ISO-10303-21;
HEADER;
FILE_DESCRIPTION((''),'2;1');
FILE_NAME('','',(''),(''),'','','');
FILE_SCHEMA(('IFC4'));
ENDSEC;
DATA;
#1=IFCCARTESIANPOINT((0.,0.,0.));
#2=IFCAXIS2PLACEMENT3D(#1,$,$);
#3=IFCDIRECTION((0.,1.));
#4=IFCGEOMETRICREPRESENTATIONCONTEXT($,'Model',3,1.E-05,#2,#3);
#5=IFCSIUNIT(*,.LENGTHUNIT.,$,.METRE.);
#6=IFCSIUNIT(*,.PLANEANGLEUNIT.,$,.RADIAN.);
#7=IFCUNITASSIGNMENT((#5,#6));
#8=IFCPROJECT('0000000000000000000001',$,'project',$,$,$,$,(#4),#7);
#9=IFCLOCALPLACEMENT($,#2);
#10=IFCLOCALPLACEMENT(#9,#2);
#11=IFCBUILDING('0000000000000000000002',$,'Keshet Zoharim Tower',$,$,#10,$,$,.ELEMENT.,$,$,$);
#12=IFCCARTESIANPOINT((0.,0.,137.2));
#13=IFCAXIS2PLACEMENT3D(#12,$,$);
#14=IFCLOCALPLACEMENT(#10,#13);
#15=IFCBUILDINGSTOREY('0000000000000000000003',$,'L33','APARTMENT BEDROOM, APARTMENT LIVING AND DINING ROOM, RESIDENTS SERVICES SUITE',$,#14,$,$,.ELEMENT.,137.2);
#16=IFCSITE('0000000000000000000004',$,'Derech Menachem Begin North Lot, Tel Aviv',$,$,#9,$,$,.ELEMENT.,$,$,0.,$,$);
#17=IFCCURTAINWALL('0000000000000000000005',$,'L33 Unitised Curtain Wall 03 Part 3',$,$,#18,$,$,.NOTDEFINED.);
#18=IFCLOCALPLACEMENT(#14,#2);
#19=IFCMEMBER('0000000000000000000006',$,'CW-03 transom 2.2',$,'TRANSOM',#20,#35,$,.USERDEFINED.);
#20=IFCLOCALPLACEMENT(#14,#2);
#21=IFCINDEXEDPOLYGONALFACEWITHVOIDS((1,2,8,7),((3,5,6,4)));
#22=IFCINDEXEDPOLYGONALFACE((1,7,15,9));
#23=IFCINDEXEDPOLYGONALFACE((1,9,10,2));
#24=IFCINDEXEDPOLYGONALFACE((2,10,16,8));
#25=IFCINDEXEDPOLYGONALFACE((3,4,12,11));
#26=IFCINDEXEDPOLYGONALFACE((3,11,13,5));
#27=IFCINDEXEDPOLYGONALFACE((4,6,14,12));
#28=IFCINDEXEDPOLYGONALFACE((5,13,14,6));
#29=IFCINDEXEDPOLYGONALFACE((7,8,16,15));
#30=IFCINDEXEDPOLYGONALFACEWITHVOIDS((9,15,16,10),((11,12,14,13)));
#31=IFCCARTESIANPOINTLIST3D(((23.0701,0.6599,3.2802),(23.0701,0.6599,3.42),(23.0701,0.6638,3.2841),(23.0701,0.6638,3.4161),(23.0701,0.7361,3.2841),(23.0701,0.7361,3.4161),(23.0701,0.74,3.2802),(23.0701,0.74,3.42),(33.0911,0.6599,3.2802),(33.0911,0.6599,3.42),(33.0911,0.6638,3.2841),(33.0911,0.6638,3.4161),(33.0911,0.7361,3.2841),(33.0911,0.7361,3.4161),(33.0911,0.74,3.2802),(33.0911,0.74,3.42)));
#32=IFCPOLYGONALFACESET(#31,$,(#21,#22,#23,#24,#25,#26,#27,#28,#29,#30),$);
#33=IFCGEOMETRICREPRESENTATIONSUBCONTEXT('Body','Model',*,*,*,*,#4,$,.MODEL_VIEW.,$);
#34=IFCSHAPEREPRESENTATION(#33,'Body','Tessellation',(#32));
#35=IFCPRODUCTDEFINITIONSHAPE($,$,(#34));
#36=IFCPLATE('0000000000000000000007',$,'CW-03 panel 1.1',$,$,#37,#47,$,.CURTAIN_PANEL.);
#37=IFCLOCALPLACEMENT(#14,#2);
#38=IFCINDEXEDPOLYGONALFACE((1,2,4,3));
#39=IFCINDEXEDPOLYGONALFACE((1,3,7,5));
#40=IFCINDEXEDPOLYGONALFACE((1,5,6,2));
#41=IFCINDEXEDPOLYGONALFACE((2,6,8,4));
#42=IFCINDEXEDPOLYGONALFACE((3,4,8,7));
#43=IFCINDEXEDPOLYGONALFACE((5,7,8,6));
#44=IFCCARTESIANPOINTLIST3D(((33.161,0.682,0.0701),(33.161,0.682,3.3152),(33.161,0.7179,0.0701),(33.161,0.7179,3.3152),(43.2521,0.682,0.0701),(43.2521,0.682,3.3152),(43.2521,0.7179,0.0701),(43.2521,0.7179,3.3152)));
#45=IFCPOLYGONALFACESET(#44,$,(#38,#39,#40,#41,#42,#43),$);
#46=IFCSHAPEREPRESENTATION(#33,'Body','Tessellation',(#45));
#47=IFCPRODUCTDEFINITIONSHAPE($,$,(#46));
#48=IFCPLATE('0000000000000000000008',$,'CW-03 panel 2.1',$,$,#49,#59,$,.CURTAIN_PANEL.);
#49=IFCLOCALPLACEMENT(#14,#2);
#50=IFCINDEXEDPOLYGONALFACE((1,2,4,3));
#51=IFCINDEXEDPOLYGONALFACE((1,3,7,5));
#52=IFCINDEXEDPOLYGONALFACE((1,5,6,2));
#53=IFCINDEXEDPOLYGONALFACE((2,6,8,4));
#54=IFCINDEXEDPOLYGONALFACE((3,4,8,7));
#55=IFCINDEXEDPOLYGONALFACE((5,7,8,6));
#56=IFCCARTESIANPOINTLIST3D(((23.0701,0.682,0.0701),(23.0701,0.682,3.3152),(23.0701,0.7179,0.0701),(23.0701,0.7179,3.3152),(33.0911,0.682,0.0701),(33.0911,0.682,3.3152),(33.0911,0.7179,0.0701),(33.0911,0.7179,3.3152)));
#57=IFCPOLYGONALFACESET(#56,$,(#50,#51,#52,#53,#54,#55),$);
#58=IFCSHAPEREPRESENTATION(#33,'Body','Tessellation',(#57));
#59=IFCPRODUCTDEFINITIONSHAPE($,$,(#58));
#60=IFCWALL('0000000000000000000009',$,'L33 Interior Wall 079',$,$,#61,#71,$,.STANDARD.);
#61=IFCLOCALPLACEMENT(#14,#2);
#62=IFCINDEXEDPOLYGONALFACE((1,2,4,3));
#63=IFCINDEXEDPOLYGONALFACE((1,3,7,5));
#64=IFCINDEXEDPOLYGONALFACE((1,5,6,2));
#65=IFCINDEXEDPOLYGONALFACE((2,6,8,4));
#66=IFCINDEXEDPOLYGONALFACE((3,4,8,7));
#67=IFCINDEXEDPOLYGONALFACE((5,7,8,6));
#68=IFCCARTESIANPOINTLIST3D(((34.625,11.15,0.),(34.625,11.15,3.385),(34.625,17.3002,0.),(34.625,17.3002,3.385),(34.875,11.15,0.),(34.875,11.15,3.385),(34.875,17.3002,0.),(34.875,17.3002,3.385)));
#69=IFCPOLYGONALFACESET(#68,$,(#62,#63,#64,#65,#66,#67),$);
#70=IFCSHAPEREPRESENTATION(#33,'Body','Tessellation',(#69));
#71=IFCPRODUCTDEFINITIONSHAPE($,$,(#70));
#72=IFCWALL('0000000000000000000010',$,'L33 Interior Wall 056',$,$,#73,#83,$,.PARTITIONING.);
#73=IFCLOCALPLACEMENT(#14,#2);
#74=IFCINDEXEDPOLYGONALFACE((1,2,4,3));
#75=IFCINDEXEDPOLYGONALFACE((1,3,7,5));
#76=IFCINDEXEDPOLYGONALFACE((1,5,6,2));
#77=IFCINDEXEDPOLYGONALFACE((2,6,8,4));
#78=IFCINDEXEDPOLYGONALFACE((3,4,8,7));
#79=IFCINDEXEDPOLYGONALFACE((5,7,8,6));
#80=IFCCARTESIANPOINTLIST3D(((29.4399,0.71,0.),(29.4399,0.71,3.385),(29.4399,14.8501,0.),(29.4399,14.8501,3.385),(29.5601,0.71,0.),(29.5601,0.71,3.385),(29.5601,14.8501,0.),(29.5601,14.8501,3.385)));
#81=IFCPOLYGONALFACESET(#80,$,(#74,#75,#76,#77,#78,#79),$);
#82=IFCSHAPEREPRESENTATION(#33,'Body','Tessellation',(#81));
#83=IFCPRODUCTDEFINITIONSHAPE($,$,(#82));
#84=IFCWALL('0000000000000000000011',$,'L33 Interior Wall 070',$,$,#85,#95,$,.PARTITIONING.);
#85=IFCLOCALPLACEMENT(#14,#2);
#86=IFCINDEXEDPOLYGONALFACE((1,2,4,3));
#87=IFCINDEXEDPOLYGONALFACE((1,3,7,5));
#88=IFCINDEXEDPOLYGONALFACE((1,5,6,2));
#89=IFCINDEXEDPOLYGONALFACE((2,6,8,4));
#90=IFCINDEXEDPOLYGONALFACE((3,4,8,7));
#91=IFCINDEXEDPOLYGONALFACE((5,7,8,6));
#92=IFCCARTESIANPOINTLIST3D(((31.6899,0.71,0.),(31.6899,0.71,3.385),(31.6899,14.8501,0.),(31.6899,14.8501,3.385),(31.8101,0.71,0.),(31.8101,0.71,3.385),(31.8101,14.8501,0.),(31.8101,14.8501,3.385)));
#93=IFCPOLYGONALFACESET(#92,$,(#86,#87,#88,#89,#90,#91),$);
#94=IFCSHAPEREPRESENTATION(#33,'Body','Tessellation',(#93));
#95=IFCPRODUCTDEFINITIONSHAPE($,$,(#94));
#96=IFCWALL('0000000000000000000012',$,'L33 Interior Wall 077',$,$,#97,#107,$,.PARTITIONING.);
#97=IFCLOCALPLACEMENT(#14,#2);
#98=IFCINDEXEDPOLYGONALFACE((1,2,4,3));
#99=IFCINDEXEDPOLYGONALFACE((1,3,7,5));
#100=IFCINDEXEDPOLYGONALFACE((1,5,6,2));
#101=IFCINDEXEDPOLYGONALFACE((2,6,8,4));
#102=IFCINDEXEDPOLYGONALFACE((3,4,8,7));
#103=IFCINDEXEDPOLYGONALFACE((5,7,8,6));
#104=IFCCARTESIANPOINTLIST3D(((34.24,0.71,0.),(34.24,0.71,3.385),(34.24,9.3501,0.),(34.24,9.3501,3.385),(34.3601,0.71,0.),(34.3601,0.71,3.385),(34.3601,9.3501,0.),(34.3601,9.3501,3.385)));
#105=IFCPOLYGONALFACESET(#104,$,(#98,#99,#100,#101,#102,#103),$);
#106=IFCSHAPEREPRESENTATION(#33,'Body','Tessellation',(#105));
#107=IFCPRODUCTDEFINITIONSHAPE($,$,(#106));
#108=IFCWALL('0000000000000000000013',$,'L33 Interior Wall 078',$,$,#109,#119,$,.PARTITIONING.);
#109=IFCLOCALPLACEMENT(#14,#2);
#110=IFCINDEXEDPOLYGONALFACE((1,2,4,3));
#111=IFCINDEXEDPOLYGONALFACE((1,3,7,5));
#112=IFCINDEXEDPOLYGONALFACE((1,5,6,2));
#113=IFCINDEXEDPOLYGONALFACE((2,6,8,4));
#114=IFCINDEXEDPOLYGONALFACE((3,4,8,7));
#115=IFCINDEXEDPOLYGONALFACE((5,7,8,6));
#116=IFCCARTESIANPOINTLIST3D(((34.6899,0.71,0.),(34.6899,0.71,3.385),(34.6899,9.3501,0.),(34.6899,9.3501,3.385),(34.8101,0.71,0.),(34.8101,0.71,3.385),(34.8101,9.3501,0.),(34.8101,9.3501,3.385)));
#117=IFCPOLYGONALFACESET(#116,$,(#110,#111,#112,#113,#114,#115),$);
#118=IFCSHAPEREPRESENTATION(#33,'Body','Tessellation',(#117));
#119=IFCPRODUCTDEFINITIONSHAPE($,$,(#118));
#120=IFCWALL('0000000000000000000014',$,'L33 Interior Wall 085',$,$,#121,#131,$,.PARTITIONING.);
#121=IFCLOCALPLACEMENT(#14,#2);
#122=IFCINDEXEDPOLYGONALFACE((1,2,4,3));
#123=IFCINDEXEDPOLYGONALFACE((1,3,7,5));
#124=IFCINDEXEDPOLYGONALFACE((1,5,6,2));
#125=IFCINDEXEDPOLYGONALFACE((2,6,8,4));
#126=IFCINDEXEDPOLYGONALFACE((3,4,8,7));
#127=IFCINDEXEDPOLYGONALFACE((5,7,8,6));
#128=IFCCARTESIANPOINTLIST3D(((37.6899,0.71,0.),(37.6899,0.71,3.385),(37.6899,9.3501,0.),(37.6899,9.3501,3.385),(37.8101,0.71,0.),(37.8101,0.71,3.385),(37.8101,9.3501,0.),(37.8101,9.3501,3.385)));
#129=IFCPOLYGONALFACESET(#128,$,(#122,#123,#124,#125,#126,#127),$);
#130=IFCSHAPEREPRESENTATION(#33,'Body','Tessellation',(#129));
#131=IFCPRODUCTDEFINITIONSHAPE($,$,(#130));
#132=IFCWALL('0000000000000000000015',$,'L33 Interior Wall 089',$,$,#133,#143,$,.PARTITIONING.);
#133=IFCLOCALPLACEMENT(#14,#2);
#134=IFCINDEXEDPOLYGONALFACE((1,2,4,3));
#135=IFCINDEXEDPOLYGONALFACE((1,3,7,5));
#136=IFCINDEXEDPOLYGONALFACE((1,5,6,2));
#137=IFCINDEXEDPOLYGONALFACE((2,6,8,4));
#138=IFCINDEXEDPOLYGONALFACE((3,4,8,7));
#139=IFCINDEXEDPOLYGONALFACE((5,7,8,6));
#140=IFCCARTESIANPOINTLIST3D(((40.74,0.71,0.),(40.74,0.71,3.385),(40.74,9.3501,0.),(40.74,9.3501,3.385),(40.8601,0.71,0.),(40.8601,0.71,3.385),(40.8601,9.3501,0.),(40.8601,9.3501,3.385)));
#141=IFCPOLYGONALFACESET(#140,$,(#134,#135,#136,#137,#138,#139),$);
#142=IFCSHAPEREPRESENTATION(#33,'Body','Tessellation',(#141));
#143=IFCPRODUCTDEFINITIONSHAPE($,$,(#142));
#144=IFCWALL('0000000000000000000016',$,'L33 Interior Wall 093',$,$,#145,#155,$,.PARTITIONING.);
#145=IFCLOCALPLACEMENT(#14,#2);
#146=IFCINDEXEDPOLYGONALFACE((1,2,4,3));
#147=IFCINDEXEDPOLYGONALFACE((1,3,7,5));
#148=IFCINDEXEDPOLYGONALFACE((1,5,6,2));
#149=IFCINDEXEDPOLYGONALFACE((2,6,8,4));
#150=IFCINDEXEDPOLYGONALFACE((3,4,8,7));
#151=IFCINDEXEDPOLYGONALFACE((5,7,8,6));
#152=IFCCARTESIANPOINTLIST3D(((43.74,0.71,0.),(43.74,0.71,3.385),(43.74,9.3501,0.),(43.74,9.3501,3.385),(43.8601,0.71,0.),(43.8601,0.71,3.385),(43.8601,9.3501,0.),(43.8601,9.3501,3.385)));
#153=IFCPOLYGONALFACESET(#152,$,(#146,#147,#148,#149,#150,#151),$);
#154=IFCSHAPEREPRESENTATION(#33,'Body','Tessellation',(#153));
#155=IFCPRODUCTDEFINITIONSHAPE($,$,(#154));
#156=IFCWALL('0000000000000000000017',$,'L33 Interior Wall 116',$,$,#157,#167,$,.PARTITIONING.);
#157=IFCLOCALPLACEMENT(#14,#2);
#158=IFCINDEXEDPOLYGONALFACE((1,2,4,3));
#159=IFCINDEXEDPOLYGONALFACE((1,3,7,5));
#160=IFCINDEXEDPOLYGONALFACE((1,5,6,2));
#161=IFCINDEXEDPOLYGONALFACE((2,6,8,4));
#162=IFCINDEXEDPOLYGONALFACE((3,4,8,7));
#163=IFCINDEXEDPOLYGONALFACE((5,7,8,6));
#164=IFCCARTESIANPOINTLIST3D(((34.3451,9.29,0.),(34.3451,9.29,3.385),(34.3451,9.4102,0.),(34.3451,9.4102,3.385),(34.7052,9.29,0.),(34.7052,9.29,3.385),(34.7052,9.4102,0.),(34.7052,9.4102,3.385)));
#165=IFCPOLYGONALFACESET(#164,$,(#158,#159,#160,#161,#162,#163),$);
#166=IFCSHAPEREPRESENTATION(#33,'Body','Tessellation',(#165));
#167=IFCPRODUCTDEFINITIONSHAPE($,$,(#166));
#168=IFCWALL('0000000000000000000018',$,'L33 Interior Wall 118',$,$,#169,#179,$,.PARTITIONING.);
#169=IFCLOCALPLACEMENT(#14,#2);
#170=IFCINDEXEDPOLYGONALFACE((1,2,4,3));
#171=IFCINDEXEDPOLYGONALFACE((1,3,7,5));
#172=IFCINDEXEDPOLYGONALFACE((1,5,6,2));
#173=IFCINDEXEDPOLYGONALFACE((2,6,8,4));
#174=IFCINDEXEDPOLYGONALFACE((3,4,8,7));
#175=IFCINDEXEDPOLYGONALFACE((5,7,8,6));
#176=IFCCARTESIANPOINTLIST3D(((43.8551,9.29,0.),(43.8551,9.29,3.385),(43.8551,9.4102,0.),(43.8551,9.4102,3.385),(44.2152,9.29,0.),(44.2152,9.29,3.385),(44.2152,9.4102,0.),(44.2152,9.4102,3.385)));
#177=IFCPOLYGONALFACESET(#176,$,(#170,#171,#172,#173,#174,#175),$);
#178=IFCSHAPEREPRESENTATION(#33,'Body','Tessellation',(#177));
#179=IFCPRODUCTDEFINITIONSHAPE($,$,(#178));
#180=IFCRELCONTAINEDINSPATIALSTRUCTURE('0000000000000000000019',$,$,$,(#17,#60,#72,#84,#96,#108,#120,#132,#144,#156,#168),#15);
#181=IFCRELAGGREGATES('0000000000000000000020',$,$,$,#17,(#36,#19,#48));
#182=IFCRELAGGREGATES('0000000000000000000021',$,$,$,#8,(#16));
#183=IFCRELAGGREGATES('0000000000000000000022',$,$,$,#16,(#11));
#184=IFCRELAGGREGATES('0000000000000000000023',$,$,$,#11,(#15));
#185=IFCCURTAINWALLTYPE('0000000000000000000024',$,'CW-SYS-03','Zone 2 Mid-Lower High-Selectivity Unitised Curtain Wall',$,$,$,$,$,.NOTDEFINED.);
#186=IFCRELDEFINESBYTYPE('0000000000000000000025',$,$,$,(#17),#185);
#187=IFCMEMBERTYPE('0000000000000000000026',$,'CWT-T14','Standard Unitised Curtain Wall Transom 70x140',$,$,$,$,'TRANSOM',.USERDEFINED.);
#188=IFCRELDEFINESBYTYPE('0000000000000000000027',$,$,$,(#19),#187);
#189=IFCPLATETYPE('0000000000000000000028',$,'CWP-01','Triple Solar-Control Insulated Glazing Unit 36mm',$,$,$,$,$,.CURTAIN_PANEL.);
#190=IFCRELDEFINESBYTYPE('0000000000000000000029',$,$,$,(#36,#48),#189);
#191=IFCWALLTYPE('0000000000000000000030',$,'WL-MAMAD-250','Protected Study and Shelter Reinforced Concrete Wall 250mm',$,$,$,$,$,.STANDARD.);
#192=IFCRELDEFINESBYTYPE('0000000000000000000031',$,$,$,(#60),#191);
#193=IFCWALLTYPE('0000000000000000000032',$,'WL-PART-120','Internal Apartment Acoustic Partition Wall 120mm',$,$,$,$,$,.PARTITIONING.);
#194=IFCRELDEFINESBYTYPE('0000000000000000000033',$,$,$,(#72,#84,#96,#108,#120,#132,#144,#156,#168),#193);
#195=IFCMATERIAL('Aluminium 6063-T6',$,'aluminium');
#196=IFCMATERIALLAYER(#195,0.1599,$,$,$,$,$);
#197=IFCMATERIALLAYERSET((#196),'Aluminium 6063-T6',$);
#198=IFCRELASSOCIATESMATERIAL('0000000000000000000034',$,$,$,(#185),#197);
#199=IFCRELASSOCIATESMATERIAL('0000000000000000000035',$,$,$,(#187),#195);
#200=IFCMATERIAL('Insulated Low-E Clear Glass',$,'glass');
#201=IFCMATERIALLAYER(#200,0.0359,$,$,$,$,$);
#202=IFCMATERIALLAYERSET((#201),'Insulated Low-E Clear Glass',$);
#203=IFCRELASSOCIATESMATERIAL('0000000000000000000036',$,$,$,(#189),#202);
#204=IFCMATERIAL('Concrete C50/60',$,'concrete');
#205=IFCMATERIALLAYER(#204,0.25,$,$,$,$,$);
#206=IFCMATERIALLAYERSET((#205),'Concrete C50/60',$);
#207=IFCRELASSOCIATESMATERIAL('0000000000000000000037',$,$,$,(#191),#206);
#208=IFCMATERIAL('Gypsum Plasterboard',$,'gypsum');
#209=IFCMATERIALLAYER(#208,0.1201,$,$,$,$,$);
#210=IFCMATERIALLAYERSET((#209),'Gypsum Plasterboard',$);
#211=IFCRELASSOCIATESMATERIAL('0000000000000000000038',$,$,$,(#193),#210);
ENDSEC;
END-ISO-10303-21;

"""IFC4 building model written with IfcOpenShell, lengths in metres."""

from ifc_helpers import new_model, si_unit, direction, frame, frame_2d, origin, origin_2d, place, context, subcontext, project, spatial, rectangle, hollow_rectangle, extrude, material, layer, layer_set, material_profile, profile_set, type_object, element, aggregate, save


model = new_model("IFC4")

# Units and contexts
model_context = context("Model", 3, precision=1e-05, world=origin(), true_north=direction((0.0, 1.0)))
body_context = subcontext(model_context, "Body", "Model", "MODEL_VIEW")
ifc_project = project(units=[si_unit("LENGTHUNIT", "METRE"), si_unit("PLANEANGLEUNIT", "RADIAN")], contexts=[model_context])

# Site, building, storey
site_placement = place(None, origin())
site = spatial("IfcSite", under=ifc_project, at=site_placement, Name="Derech Menachem Begin North Lot, Tel Aviv", CompositionType="ELEMENT", RefElevation=0.0)
building_placement = place(site_placement, origin())
building = spatial("IfcBuilding", under=site, at=building_placement, Name="Keshet Zoharim Tower", CompositionType="ELEMENT")
storey_placement = place(building_placement, frame((0.0, 0.0, 137.2)))
storey = spatial("IfcBuildingStorey", under=building, at=storey_placement, Name="L33", Description="APARTMENT BEDROOM, APARTMENT LIVING AND DINING ROOM, RESIDENTS SERVICES SUITE", CompositionType="ELEMENT", Elevation=137.2)

# Shared definitions
ifc_material_1 = material(Name="Aluminium 6063-T6", Category="aluminium")
ifc_layer_1 = layer(ifc_material_1, 0.1599)
ifc_layer_set_1 = layer_set([ifc_layer_1], Name="Aluminium 6063-T6")
curtain_wall_type = type_object("IfcCurtainWallType", Name="CW-SYS-03", Description="Zone 2 Mid-Lower High-Selectivity Unitised Curtain Wall", PredefinedType="NOTDEFINED", material=ifc_layer_set_1)

# Curtain wall, member, plates
curtain_wall_1_placement = place(storey_placement, origin())
curtain_wall_1 = element("IfcCurtainWall", 1, at=curtain_wall_1_placement, inside=storey, type_object=curtain_wall_type, Name="L33 Unitised Curtain Wall 03 Part 3", PredefinedType="NOTDEFINED")
ifc_material_profile_1 = material_profile(ifc_material_1, hollow_rectangle(XDim=0.0801, YDim=0.1399, WallThickness=0.0039, at=origin_2d()), Name="TRN-80x140")
ifc_profile_set_1 = profile_set([ifc_material_profile_1], Name="Aluminium 6063-T6")
member_type_1 = type_object("IfcMemberType", Name="CWT-T14", Description="Standard Unitised Curtain Wall Transom 70x140", ElementType="TRANSOM", PredefinedType="USERDEFINED", material=ifc_profile_set_1)
member_1_placement = place(storey_placement, frame((33.0911, 0.7, 3.3501), z_axis=(-1.0, 0.0, 0.0), x_axis=(0.0, -1.0, 0.0)))
member_1 = element("IfcMember", 2, at=member_1_placement, type_object=member_type_1, Name="CW-03 transom 2.2", ObjectType="TRANSOM", PredefinedType="USERDEFINED", context=body_context, shape_type="SweptSolid", body=[
    extrude(hollow_rectangle(XDim=0.0801, YDim=0.1399, WallThickness=0.0039, at=origin_2d()), origin(), (0.0, 0.0, 1.0), 10.021),
])
ifc_material_2 = material(Name="Insulated Low-E Clear Glass", Category="glass")
ifc_layer_2 = layer(ifc_material_2, 0.0359)
ifc_layer_set_2 = layer_set([ifc_layer_2], Name="Insulated Low-E Clear Glass")
plate_type = type_object("IfcPlateType", Name="CWP-01", Description="Triple Solar-Control Insulated Glazing Unit 36mm", PredefinedType="CURTAIN_PANEL", material=ifc_layer_set_2)
plate_1_placement = place(storey_placement, frame((38.2065, 0.7, 0.0701), z_axis=(0.0, 0.0, 1.0), x_axis=(-1.0, 0.0, 0.0)))
plate_1 = element("IfcPlate", 3, at=plate_1_placement, type_object=plate_type, Name="CW-03 panel 1.1", PredefinedType="CURTAIN_PANEL", context=body_context, shape_type="SweptSolid", body=[
    extrude(rectangle(XDim=10.0911, YDim=0.0359, at=origin_2d()), origin(), (0.0, 0.0, 1.0), 3.2451),
])
plate_2_placement = place(storey_placement, frame((28.0806, 0.7, 0.0701), z_axis=(0.0, 0.0, 1.0), x_axis=(-1.0, 0.0, 0.0)))
plate_2 = element("IfcPlate", 4, at=plate_2_placement, type_object=plate_type, Name="CW-03 panel 2.1", PredefinedType="CURTAIN_PANEL", context=body_context, shape_type="SweptSolid", body=[
    extrude(rectangle(XDim=10.021, YDim=0.0359, at=origin_2d()), origin(), (0.0, 0.0, 1.0), 3.2451),
])
aggregate(curtain_wall_1, [plate_1, member_1, plate_2])

# Walls
ifc_material_3 = material(Name="Concrete C50/60", Category="concrete")
ifc_layer_3 = layer(ifc_material_3, 0.25)
ifc_layer_set_3 = layer_set([ifc_layer_3], Name="Concrete C50/60")
wall_type_1 = type_object("IfcWallType", Name="WL-MAMAD-250", Description="Protected Study and Shelter Reinforced Concrete Wall 250mm", PredefinedType="STANDARD", material=ifc_layer_set_3)
wall_1_placement = place(storey_placement, frame((34.75, 11.1499, 0.0), z_axis=(0.0, 0.0, 1.0), x_axis=(0.0, 1.0, 0.0)))
element("IfcWall", 5, at=wall_1_placement, inside=storey, type_object=wall_type_1, Name="L33 Interior Wall 079", PredefinedType="STANDARD", context=body_context, shape_type="SweptSolid", body=[
    extrude(rectangle(XDim=6.1501, YDim=0.25, at=frame_2d((3.0752, 0.0))), origin(), (0.0, 0.0, 1.0), 3.385),
])
ifc_material_4 = material(Name="Gypsum Plasterboard", Category="gypsum")
ifc_layer_4 = layer(ifc_material_4, 0.1201)
ifc_layer_set_4 = layer_set([ifc_layer_4], Name="Gypsum Plasterboard")
wall_type_2 = type_object("IfcWallType", Name="WL-PART-120", Description="Internal Apartment Acoustic Partition Wall 120mm", PredefinedType="PARTITIONING", material=ifc_layer_set_4)
for number, where, z_axis, x_axis, name in (
    (6, (29.5, 0.71, 0.0), (0.0, 0.0, 1.0), (0.0, 1.0, 0.0), "L33 Interior Wall 056"),
    (7, (31.75, 0.71, 0.0), (0.0, 0.0, 1.0), (0.0, 1.0, 0.0), "L33 Interior Wall 070"),
):
    element("IfcWall", number, at=place(storey_placement, frame(where, z_axis=z_axis, x_axis=x_axis)), inside=storey, type_object=wall_type_2, Name=name, PredefinedType="PARTITIONING", context=body_context, shape_type="SweptSolid", body=[
        extrude(rectangle(XDim=14.1401, YDim=0.1201, at=frame_2d((7.0701, 0.0))), origin(), (0.0, 0.0, 1.0), 3.385),
    ])
for number, where, z_axis, x_axis, name in (
    (8, (34.3, 0.71, 0.0), (0.0, 0.0, 1.0), (0.0, 1.0, 0.0), "L33 Interior Wall 077"),
    (9, (34.75, 0.71, 0.0), (0.0, 0.0, 1.0), (0.0, 1.0, 0.0), "L33 Interior Wall 078"),
    (10, (37.75, 0.71, 0.0), (0.0, 0.0, 1.0), (0.0, 1.0, 0.0), "L33 Interior Wall 085"),
    (11, (40.8, 0.71, 0.0), (0.0, 0.0, 1.0), (0.0, 1.0, 0.0), "L33 Interior Wall 089"),
    (12, (43.8, 0.71, 0.0), (0.0, 0.0, 1.0), (0.0, 1.0, 0.0), "L33 Interior Wall 093"),
):
    element("IfcWall", number, at=place(storey_placement, frame(where, z_axis=z_axis, x_axis=x_axis)), inside=storey, type_object=wall_type_2, Name=name, PredefinedType="PARTITIONING", context=body_context, shape_type="SweptSolid", body=[
        extrude(rectangle(XDim=8.6401, YDim=0.1201, at=frame_2d((4.3201, 0.0))), origin(), (0.0, 0.0, 1.0), 3.385),
    ])
wall_2_placement = place(storey_placement, frame((34.345, 9.3501, 0.0), z_axis=(0.0, 0.0, 1.0), x_axis=(1.0, 0.0, 0.0)))
element("IfcWall", 13, at=wall_2_placement, inside=storey, type_object=wall_type_2, Name="L33 Interior Wall 116", PredefinedType="PARTITIONING", context=body_context, shape_type="SweptSolid", body=[
    extrude(rectangle(XDim=0.3601, YDim=0.1201, at=frame_2d((0.1802, 0.0))), origin(), (0.0, 0.0, 1.0), 3.385),
])

# Wall
wall_3_placement = place(storey_placement, frame((43.855, 9.3501, 0.0), z_axis=(0.0, 0.0, 1.0), x_axis=(1.0, 0.0, 0.0)))
element("IfcWall", 14, at=wall_3_placement, inside=storey, type_object=wall_type_2, Name="L33 Interior Wall 118", PredefinedType="PARTITIONING", context=body_context, shape_type="SweptSolid", body=[
    extrude(rectangle(XDim=0.3601, YDim=0.1201, at=frame_2d((0.1802, 0.0))), origin(), (0.0, 0.0, 1.0), 3.385),
])

save(model, "model.ifc")
